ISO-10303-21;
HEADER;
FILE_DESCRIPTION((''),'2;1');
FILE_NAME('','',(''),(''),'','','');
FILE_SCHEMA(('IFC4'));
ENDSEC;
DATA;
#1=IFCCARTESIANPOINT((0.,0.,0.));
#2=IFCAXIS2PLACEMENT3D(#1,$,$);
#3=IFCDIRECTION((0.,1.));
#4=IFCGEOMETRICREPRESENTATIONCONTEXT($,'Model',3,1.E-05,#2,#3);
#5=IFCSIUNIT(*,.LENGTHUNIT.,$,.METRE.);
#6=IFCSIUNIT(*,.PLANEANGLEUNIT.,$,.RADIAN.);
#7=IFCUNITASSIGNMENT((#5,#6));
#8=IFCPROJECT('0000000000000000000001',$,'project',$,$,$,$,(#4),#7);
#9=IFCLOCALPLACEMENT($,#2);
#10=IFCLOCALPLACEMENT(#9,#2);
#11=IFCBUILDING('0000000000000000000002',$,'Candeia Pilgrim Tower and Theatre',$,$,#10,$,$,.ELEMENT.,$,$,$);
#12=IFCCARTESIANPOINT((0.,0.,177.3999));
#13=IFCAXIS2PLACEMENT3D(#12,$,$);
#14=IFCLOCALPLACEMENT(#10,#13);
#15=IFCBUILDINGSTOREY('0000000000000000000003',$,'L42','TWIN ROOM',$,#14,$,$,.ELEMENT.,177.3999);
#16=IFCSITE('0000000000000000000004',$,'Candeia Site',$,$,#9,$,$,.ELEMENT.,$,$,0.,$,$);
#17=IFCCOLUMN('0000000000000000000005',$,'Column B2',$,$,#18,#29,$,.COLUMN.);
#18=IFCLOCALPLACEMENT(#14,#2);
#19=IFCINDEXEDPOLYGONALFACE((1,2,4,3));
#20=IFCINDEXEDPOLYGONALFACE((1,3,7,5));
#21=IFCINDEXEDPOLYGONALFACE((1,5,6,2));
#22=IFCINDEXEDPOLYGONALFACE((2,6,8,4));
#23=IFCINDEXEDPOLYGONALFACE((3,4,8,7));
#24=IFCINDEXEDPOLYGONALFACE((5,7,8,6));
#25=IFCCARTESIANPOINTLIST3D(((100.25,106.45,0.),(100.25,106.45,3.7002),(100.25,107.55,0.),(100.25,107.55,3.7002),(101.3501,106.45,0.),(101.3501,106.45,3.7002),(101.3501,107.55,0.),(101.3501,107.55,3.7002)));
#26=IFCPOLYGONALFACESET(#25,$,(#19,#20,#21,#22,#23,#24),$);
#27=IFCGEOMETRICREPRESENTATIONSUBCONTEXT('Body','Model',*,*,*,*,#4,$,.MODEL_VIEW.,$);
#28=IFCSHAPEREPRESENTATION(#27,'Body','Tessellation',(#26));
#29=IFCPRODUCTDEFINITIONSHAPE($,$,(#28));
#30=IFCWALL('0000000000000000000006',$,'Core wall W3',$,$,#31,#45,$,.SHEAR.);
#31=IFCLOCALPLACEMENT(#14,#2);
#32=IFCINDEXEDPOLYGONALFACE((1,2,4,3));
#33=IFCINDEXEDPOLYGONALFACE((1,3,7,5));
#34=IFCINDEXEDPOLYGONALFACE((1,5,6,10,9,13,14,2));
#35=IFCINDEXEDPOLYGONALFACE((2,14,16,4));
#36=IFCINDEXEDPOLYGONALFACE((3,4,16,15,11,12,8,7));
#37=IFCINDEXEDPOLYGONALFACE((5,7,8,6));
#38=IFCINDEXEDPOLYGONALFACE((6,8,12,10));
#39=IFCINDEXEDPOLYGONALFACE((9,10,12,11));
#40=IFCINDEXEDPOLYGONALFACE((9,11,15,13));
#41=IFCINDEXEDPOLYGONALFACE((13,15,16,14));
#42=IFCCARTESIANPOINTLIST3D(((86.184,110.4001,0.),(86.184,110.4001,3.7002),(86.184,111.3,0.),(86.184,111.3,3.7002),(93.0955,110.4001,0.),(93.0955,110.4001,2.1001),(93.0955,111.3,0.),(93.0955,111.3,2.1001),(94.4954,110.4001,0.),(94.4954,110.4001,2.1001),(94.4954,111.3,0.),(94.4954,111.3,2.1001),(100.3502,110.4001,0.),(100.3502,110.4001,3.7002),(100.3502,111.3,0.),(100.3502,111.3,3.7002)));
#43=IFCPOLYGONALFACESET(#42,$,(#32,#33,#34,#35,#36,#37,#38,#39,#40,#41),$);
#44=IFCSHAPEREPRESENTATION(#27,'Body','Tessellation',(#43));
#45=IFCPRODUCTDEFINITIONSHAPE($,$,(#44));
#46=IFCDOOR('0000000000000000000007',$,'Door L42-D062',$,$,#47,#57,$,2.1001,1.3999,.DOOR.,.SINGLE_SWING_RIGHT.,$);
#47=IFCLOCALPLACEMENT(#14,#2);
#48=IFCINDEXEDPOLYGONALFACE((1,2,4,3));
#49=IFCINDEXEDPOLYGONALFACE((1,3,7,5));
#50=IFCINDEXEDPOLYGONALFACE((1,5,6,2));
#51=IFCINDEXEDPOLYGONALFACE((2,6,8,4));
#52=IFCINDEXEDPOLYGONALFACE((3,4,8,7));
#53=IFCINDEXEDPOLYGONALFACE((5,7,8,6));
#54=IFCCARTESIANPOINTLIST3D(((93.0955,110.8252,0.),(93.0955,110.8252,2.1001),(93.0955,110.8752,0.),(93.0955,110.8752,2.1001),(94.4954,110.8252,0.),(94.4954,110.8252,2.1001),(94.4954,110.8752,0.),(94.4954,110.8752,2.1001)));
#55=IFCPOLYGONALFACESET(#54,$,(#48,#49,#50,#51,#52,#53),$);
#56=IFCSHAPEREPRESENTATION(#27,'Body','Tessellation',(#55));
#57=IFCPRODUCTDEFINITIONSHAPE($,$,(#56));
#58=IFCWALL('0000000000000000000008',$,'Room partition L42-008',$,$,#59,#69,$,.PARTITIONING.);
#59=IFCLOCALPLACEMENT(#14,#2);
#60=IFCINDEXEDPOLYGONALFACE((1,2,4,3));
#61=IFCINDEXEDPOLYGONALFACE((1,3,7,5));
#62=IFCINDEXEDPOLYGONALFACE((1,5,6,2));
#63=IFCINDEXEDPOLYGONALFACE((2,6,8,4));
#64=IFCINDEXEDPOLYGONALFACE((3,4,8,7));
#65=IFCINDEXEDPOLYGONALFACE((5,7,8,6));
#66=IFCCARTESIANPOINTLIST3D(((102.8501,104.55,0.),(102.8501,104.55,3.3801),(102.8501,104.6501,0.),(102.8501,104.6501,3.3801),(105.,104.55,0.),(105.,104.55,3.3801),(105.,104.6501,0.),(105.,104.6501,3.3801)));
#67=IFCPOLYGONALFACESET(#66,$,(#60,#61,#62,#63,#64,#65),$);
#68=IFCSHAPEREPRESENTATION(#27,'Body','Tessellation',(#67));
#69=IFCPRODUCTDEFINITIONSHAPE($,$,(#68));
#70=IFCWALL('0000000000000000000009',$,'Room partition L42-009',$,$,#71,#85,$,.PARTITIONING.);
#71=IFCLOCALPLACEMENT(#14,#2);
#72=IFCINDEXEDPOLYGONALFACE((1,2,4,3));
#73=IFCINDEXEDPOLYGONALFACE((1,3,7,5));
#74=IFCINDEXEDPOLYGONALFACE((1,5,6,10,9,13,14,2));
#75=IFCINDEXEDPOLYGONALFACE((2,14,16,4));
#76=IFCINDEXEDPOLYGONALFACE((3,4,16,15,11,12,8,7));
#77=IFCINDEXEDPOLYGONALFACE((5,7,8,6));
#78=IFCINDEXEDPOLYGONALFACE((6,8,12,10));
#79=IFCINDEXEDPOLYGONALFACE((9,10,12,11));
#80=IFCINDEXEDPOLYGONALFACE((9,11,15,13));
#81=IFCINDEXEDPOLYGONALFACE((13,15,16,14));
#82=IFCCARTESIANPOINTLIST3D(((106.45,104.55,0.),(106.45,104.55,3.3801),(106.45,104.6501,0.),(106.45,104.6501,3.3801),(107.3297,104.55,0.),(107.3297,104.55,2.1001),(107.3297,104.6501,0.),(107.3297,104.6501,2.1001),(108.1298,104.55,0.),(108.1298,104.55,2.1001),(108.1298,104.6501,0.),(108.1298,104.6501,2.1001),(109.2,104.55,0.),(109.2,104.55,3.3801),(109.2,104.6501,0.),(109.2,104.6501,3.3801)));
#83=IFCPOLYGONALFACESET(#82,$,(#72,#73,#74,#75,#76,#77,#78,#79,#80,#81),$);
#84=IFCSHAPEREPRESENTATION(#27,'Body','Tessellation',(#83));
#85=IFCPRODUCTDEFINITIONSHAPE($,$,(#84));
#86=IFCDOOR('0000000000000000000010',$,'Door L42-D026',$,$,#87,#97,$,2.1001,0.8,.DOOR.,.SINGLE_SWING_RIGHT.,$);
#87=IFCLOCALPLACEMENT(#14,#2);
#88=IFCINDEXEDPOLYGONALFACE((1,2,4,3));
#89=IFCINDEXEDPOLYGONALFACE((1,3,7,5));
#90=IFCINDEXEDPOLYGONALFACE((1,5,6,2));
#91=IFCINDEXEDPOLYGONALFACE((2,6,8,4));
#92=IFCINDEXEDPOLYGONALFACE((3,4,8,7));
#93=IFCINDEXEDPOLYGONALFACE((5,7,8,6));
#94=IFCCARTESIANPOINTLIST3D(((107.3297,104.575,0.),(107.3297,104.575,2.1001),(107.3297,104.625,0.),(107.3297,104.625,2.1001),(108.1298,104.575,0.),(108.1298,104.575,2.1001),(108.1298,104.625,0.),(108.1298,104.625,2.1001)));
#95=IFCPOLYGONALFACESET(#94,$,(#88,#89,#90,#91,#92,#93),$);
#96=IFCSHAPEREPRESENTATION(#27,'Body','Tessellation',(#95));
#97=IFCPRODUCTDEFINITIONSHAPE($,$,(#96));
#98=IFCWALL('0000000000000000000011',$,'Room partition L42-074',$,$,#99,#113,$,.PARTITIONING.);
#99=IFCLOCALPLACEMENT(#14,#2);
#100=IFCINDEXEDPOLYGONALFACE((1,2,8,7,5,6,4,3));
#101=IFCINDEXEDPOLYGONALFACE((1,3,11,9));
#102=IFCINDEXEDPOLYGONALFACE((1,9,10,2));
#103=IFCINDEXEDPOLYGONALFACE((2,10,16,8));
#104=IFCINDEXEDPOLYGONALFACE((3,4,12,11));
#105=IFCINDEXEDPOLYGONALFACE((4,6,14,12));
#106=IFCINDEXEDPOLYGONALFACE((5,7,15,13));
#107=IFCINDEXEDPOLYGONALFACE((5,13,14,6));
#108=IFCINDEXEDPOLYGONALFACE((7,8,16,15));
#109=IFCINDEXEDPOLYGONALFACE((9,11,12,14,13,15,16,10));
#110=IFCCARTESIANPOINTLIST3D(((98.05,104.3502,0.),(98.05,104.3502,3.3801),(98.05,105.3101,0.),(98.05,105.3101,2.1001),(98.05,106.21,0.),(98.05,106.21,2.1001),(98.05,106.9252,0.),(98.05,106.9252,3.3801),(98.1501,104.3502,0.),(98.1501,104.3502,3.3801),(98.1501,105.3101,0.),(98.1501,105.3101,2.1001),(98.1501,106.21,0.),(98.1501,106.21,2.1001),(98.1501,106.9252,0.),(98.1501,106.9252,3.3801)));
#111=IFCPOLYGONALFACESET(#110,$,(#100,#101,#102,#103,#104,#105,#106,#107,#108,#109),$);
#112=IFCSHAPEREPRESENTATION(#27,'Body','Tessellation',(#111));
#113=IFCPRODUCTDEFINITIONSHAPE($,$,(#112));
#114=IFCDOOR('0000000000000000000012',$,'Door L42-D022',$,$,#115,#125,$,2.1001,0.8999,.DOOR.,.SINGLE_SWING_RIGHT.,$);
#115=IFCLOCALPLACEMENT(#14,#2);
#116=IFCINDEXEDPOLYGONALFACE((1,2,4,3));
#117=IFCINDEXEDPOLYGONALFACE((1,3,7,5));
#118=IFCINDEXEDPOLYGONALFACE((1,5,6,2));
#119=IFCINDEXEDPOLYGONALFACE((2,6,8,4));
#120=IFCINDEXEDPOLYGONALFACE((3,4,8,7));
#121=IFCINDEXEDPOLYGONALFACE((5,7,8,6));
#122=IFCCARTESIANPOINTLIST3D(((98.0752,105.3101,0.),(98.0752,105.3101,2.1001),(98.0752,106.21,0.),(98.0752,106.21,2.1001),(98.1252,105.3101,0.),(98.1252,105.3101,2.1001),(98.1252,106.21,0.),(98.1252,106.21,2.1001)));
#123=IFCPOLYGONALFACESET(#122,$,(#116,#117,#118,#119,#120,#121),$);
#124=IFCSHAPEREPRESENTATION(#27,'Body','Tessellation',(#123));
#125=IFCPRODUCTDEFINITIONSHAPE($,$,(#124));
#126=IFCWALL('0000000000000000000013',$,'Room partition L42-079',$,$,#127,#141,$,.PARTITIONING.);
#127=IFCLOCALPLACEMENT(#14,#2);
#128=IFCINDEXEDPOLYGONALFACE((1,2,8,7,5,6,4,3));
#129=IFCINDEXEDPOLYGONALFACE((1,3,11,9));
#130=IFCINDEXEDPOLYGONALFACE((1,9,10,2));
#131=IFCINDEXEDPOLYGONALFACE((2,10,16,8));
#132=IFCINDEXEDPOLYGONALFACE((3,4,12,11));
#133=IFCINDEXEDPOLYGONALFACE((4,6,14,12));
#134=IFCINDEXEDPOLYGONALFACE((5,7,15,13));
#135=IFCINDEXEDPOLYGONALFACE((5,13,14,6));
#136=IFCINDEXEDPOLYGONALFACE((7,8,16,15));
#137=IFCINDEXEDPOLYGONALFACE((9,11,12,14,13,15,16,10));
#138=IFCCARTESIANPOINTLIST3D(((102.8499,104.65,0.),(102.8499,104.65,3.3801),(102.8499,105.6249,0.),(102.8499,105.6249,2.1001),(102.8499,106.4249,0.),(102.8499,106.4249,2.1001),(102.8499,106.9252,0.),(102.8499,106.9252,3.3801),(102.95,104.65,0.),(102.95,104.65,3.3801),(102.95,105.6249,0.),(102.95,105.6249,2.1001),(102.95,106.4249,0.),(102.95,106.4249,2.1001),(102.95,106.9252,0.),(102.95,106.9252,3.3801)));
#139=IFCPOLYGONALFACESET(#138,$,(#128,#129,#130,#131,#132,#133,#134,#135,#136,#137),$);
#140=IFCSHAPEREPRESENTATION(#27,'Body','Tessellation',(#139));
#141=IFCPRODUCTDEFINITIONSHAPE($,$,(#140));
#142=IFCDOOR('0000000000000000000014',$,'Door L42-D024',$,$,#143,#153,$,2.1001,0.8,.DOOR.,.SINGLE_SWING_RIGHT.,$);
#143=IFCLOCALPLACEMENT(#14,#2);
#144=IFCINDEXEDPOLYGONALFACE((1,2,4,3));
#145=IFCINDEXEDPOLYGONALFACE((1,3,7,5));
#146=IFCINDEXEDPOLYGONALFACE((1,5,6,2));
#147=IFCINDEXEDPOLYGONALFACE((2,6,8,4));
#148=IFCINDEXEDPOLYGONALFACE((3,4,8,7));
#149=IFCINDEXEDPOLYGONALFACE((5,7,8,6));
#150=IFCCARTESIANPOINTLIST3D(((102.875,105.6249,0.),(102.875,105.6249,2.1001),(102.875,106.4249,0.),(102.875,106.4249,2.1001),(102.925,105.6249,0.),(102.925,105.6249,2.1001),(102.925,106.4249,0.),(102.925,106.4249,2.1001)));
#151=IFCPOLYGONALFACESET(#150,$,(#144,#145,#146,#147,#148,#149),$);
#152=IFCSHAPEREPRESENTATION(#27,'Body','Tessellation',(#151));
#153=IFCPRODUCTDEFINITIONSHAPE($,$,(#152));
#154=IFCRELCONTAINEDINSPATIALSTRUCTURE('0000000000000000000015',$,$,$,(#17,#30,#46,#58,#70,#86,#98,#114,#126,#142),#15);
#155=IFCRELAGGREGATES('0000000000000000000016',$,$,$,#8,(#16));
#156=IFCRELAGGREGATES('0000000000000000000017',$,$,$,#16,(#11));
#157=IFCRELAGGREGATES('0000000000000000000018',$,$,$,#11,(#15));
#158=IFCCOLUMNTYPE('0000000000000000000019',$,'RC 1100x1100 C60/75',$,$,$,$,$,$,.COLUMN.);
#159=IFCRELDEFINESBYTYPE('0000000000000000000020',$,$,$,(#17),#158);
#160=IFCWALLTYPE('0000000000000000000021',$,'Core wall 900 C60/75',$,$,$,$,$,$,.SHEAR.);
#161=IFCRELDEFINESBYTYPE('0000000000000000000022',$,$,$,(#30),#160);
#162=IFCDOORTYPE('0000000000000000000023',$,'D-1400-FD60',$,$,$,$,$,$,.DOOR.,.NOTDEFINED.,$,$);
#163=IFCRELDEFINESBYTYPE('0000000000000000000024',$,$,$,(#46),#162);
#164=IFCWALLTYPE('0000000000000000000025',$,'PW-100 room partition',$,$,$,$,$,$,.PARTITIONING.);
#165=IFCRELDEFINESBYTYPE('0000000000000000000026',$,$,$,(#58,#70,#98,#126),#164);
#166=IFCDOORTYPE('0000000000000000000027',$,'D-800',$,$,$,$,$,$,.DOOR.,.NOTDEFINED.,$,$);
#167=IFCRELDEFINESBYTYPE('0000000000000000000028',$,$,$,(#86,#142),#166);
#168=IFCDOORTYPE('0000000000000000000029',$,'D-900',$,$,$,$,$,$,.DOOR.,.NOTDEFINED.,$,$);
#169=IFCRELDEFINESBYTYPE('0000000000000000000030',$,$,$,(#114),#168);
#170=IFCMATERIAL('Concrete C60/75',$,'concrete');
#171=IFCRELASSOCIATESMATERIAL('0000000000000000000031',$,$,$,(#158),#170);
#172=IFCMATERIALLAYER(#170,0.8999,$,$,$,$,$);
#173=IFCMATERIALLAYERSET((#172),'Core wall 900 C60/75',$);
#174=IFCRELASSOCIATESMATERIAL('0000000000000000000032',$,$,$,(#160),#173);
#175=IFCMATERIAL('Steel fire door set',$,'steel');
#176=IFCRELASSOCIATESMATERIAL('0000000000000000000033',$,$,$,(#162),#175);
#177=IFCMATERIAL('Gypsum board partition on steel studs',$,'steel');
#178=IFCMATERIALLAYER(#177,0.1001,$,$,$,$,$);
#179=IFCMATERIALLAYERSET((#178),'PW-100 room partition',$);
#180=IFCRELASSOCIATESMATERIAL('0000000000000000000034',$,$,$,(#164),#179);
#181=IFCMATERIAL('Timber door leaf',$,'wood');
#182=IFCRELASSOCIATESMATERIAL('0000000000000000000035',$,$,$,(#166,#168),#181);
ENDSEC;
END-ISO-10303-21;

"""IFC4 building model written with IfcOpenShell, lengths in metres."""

from ifc_helpers import new_model, si_unit, direction, frame, frame_2d, origin, origin_2d, place, context, subcontext, project, spatial, rectangle, extrude, material, layer, layer_set, material_profile, profile_set, type_object, element, fill, save


model = new_model("IFC4")

# Units and contexts
model_context = context("Model", 3, precision=1e-05, world=origin(), true_north=direction((0.0, 1.0)))
body_context = subcontext(model_context, "Body", "Model", "MODEL_VIEW")
ifc_project = project(units=[si_unit("LENGTHUNIT", "METRE"), si_unit("PLANEANGLEUNIT", "RADIAN")], contexts=[model_context])

# Site, building, storey
site_placement = place(None, origin())
site = spatial("IfcSite", under=ifc_project, at=site_placement, Name="Candeia Site", CompositionType="ELEMENT", RefElevation=0.0)
building_placement = place(site_placement, origin())
building = spatial("IfcBuilding", under=site, at=building_placement, Name="Candeia Pilgrim Tower and Theatre", CompositionType="ELEMENT")
storey_placement = place(building_placement, frame((0.0, 0.0, 177.3999)))
storey = spatial("IfcBuildingStorey", under=building, at=storey_placement, Name="L42", Description="TWIN ROOM", CompositionType="ELEMENT", Elevation=177.3999)

# Column
ifc_material_1 = material(Name="Concrete C60/75", Category="concrete")
ifc_material_profile = material_profile(ifc_material_1, rectangle(XDim=1.1001, YDim=1.1001, at=origin_2d()))
ifc_profile_set = profile_set([ifc_material_profile], Name="Concrete C60/75")
column_type = type_object("IfcColumnType", Name="RC 1100x1100 C60/75", PredefinedType="COLUMN", material=ifc_profile_set)
column_placement = place(storey_placement, frame((100.8, 107.0, 0.0), z_axis=(0.0, 0.0, 1.0), x_axis=(1.0, 0.0, 0.0)))
element("IfcColumn", 1, at=column_placement, inside=storey, type_object=column_type, Name="Column B2", PredefinedType="COLUMN", context=body_context, shape_type="SweptSolid", body=[
    extrude(rectangle(XDim=1.1001, YDim=1.1001, at=origin_2d()), origin(), (0.0, 0.0, 1.0), 3.7002),
])

# Wall, opening, door
ifc_layer_1 = layer(ifc_material_1, 0.8999)
ifc_layer_set_1 = layer_set([ifc_layer_1], Name="Core wall 900 C60/75")
wall_type_1 = type_object("IfcWallType", Name="Core wall 900 C60/75", PredefinedType="SHEAR", material=ifc_layer_set_1)
wall_1_placement = place(storey_placement, frame((100.3501, 110.8501, 0.0), z_axis=(0.0, 0.0, 1.0), x_axis=(-1.0, 0.0, 0.0)))
wall_1 = element("IfcWall", 2, at=wall_1_placement, inside=storey, type_object=wall_type_1, Name="Core wall W3", PredefinedType="SHEAR", context=body_context, shape_type="SweptSolid", body=[
    extrude(rectangle(XDim=14.1663, YDim=0.8999, at=frame_2d((7.083, 0.0))), origin(), (0.0, 0.0, 1.0), 3.7002),
])
opening_1_placement = place(wall_1_placement, frame((5.8547, 0.0, 0.0)))
opening_1 = element("IfcOpeningElement", 3, at=opening_1_placement, cuts=wall_1, PredefinedType="OPENING", context=body_context, shape_type="SweptSolid", body=[
    extrude(rectangle(XDim=1.3999, YDim=2.1001, at=frame_2d((0.7, 1.05))), frame((0.0, 0.46, 0.0), z_axis=(0.0, -1.0, 0.0), x_axis=(1.0, 0.0, 0.0)), (0.0, 0.0, 1.0), 0.9199),
])
ifc_material_2 = material(Name="Steel fire door set", Category="steel")
door_type_1 = type_object("IfcDoorType", Name="D-1400-FD60", OperationType="NOTDEFINED", PredefinedType="DOOR", material=ifc_material_2)
door_1_placement = place(opening_1_placement, origin())
door_1 = element("IfcDoor", 4, at=door_1_placement, inside=storey, type_object=door_type_1, Name="Door L42-D062", OperationType="SINGLE_SWING_RIGHT", OverallHeight=2.1001, OverallWidth=1.3999, PredefinedType="DOOR", context=body_context, shape_type="SweptSolid", body=[
    extrude(rectangle(XDim=1.3999, YDim=2.1001, at=frame_2d((0.7, 1.05))), frame((0.0, 0.0249, 0.0), z_axis=(0.0, -1.0, 0.0), x_axis=(1.0, 0.0, 0.0)), (0.0, 0.0, 1.0), 0.05),
])
fill(opening_1, door_1)

# Wall
ifc_material_3 = material(Name="Gypsum board partition on steel studs", Category="steel")
ifc_layer_2 = layer(ifc_material_3, 0.1001)
ifc_layer_set_2 = layer_set([ifc_layer_2], Name="PW-100 room partition")
wall_type_2 = type_object("IfcWallType", Name="PW-100 room partition", PredefinedType="PARTITIONING", material=ifc_layer_set_2)
wall_2_placement = place(storey_placement, frame((102.8501, 104.6001, 0.0), z_axis=(0.0, 0.0, 1.0), x_axis=(1.0, 0.0, 0.0)))
element("IfcWall", 5, at=wall_2_placement, inside=storey, type_object=wall_type_2, Name="Room partition L42-008", PredefinedType="PARTITIONING", context=body_context, shape_type="SweptSolid", body=[
    extrude(rectangle(XDim=2.1499, YDim=0.1001, at=frame_2d((1.075, 0.0))), origin(), (0.0, 0.0, 1.0), 3.3801),
])

# Walls, openings, doors
wall_3_placement = place(storey_placement, frame((106.45, 104.6001, 0.0), z_axis=(0.0, 0.0, 1.0), x_axis=(1.0, 0.0, 0.0)))
wall_3 = element("IfcWall", 6, at=wall_3_placement, inside=storey, type_object=wall_type_2, Name="Room partition L42-009", PredefinedType="PARTITIONING", context=body_context, shape_type="SweptSolid", body=[
    extrude(rectangle(XDim=2.75, YDim=0.1001, at=frame_2d((1.375, 0.0))), origin(), (0.0, 0.0, 1.0), 3.3801),
])
opening_2_placement = place(wall_3_placement, frame((0.8799, 0.0, 0.0)))
opening_2 = element("IfcOpeningElement", 7, at=opening_2_placement, cuts=wall_3, PredefinedType="OPENING", context=body_context, shape_type="SweptSolid", body=[
    extrude(rectangle(XDim=0.8, YDim=2.1001, at=frame_2d((0.3999, 1.05))), frame((0.0, 0.0601, 0.0), z_axis=(0.0, -1.0, 0.0), x_axis=(1.0, 0.0, 0.0)), (0.0, 0.0, 1.0), 0.1201),
])
ifc_material_4 = material(Name="Timber door leaf", Category="wood")
door_type_2 = type_object("IfcDoorType", Name="D-800", OperationType="NOTDEFINED", PredefinedType="DOOR", material=ifc_material_4)
door_2_placement = place(opening_2_placement, origin())
door_2 = element("IfcDoor", 8, at=door_2_placement, inside=storey, type_object=door_type_2, Name="Door L42-D026", OperationType="SINGLE_SWING_RIGHT", OverallHeight=2.1001, OverallWidth=0.8, PredefinedType="DOOR", context=body_context, shape_type="SweptSolid", body=[
    extrude(rectangle(XDim=0.8, YDim=2.1001, at=frame_2d((0.3999, 1.05))), frame((0.0, 0.0249, 0.0), z_axis=(0.0, -1.0, 0.0), x_axis=(1.0, 0.0, 0.0)), (0.0, 0.0, 1.0), 0.05),
])
fill(opening_2, door_2)
wall_4_placement = place(storey_placement, frame((98.1001, 104.3501, 0.0), z_axis=(0.0, 0.0, 1.0), x_axis=(0.0, 1.0, 0.0)))
wall_4 = element("IfcWall", 9, at=wall_4_placement, inside=storey, type_object=wall_type_2, Name="Room partition L42-074", PredefinedType="PARTITIONING", context=body_context, shape_type="SweptSolid", body=[
    extrude(rectangle(XDim=2.575, YDim=0.1001, at=frame_2d((1.2876, 0.0))), origin(), (0.0, 0.0, 1.0), 3.3801),
])
opening_3_placement = place(wall_4_placement, frame((0.96, 0.0, 0.0)))
opening_3 = element("IfcOpeningElement", 10, at=opening_3_placement, cuts=wall_4, PredefinedType="OPENING", context=body_context, shape_type="SweptSolid", body=[
    extrude(rectangle(XDim=0.8999, YDim=2.1001, at=frame_2d((0.45, 1.05))), frame((0.0, 0.0601, 0.0), z_axis=(0.0, -1.0, 0.0), x_axis=(1.0, 0.0, 0.0)), (0.0, 0.0, 1.0), 0.1201),
])
door_type_3 = type_object("IfcDoorType", Name="D-900", OperationType="NOTDEFINED", PredefinedType="DOOR", material=ifc_material_4)
door_3_placement = place(opening_3_placement, origin())
door_3 = element("IfcDoor", 11, at=door_3_placement, inside=storey, type_object=door_type_3, Name="Door L42-D022", OperationType="SINGLE_SWING_RIGHT", OverallHeight=2.1001, OverallWidth=0.8999, PredefinedType="DOOR", context=body_context, shape_type="SweptSolid", body=[
    extrude(rectangle(XDim=0.8999, YDim=2.1001, at=frame_2d((0.45, 1.05))), frame((0.0, 0.0249, 0.0), z_axis=(0.0, -1.0, 0.0), x_axis=(1.0, 0.0, 0.0)), (0.0, 0.0, 1.0), 0.05),
])
fill(opening_3, door_3)
wall_5_placement = place(storey_placement, frame((102.8999, 104.6499, 0.0), z_axis=(0.0, 0.0, 1.0), x_axis=(0.0, 1.0, 0.0)))
wall_5 = element("IfcWall", 12, at=wall_5_placement, inside=storey, type_object=wall_type_2, Name="Room partition L42-079", PredefinedType="PARTITIONING", context=body_context, shape_type="SweptSolid", body=[
    extrude(rectangle(XDim=2.2751, YDim=0.1001, at=frame_2d((1.1377, 0.0))), origin(), (0.0, 0.0, 1.0), 3.3801),
])
opening_4_placement = place(wall_5_placement, frame((0.9751, 0.0, 0.0)))
opening_4 = element("IfcOpeningElement", 13, at=opening_4_placement, cuts=wall_5, PredefinedType="OPENING", context=body_context, shape_type="SweptSolid", body=[
    extrude(rectangle(XDim=0.8, YDim=2.1001, at=frame_2d((0.3999, 1.05))), frame((0.0, 0.0601, 0.0), z_axis=(0.0, -1.0, 0.0), x_axis=(1.0, 0.0, 0.0)), (0.0, 0.0, 1.0), 0.1201),
])
door_4_placement = place(opening_4_placement, origin())
door_4 = element("IfcDoor", 14, at=door_4_placement, inside=storey, type_object=door_type_2, Name="Door L42-D024", OperationType="SINGLE_SWING_RIGHT", OverallHeight=2.1001, OverallWidth=0.8, PredefinedType="DOOR", context=body_context, shape_type="SweptSolid", body=[
    extrude(rectangle(XDim=0.8, YDim=2.1001, at=frame_2d((0.3999, 1.05))), frame((0.0, 0.0249, 0.0), z_axis=(0.0, -1.0, 0.0), x_axis=(1.0, 0.0, 0.0)), (0.0, 0.0, 1.0), 0.05),
])
fill(opening_4, door_4)

save(model, "model.ifc")
